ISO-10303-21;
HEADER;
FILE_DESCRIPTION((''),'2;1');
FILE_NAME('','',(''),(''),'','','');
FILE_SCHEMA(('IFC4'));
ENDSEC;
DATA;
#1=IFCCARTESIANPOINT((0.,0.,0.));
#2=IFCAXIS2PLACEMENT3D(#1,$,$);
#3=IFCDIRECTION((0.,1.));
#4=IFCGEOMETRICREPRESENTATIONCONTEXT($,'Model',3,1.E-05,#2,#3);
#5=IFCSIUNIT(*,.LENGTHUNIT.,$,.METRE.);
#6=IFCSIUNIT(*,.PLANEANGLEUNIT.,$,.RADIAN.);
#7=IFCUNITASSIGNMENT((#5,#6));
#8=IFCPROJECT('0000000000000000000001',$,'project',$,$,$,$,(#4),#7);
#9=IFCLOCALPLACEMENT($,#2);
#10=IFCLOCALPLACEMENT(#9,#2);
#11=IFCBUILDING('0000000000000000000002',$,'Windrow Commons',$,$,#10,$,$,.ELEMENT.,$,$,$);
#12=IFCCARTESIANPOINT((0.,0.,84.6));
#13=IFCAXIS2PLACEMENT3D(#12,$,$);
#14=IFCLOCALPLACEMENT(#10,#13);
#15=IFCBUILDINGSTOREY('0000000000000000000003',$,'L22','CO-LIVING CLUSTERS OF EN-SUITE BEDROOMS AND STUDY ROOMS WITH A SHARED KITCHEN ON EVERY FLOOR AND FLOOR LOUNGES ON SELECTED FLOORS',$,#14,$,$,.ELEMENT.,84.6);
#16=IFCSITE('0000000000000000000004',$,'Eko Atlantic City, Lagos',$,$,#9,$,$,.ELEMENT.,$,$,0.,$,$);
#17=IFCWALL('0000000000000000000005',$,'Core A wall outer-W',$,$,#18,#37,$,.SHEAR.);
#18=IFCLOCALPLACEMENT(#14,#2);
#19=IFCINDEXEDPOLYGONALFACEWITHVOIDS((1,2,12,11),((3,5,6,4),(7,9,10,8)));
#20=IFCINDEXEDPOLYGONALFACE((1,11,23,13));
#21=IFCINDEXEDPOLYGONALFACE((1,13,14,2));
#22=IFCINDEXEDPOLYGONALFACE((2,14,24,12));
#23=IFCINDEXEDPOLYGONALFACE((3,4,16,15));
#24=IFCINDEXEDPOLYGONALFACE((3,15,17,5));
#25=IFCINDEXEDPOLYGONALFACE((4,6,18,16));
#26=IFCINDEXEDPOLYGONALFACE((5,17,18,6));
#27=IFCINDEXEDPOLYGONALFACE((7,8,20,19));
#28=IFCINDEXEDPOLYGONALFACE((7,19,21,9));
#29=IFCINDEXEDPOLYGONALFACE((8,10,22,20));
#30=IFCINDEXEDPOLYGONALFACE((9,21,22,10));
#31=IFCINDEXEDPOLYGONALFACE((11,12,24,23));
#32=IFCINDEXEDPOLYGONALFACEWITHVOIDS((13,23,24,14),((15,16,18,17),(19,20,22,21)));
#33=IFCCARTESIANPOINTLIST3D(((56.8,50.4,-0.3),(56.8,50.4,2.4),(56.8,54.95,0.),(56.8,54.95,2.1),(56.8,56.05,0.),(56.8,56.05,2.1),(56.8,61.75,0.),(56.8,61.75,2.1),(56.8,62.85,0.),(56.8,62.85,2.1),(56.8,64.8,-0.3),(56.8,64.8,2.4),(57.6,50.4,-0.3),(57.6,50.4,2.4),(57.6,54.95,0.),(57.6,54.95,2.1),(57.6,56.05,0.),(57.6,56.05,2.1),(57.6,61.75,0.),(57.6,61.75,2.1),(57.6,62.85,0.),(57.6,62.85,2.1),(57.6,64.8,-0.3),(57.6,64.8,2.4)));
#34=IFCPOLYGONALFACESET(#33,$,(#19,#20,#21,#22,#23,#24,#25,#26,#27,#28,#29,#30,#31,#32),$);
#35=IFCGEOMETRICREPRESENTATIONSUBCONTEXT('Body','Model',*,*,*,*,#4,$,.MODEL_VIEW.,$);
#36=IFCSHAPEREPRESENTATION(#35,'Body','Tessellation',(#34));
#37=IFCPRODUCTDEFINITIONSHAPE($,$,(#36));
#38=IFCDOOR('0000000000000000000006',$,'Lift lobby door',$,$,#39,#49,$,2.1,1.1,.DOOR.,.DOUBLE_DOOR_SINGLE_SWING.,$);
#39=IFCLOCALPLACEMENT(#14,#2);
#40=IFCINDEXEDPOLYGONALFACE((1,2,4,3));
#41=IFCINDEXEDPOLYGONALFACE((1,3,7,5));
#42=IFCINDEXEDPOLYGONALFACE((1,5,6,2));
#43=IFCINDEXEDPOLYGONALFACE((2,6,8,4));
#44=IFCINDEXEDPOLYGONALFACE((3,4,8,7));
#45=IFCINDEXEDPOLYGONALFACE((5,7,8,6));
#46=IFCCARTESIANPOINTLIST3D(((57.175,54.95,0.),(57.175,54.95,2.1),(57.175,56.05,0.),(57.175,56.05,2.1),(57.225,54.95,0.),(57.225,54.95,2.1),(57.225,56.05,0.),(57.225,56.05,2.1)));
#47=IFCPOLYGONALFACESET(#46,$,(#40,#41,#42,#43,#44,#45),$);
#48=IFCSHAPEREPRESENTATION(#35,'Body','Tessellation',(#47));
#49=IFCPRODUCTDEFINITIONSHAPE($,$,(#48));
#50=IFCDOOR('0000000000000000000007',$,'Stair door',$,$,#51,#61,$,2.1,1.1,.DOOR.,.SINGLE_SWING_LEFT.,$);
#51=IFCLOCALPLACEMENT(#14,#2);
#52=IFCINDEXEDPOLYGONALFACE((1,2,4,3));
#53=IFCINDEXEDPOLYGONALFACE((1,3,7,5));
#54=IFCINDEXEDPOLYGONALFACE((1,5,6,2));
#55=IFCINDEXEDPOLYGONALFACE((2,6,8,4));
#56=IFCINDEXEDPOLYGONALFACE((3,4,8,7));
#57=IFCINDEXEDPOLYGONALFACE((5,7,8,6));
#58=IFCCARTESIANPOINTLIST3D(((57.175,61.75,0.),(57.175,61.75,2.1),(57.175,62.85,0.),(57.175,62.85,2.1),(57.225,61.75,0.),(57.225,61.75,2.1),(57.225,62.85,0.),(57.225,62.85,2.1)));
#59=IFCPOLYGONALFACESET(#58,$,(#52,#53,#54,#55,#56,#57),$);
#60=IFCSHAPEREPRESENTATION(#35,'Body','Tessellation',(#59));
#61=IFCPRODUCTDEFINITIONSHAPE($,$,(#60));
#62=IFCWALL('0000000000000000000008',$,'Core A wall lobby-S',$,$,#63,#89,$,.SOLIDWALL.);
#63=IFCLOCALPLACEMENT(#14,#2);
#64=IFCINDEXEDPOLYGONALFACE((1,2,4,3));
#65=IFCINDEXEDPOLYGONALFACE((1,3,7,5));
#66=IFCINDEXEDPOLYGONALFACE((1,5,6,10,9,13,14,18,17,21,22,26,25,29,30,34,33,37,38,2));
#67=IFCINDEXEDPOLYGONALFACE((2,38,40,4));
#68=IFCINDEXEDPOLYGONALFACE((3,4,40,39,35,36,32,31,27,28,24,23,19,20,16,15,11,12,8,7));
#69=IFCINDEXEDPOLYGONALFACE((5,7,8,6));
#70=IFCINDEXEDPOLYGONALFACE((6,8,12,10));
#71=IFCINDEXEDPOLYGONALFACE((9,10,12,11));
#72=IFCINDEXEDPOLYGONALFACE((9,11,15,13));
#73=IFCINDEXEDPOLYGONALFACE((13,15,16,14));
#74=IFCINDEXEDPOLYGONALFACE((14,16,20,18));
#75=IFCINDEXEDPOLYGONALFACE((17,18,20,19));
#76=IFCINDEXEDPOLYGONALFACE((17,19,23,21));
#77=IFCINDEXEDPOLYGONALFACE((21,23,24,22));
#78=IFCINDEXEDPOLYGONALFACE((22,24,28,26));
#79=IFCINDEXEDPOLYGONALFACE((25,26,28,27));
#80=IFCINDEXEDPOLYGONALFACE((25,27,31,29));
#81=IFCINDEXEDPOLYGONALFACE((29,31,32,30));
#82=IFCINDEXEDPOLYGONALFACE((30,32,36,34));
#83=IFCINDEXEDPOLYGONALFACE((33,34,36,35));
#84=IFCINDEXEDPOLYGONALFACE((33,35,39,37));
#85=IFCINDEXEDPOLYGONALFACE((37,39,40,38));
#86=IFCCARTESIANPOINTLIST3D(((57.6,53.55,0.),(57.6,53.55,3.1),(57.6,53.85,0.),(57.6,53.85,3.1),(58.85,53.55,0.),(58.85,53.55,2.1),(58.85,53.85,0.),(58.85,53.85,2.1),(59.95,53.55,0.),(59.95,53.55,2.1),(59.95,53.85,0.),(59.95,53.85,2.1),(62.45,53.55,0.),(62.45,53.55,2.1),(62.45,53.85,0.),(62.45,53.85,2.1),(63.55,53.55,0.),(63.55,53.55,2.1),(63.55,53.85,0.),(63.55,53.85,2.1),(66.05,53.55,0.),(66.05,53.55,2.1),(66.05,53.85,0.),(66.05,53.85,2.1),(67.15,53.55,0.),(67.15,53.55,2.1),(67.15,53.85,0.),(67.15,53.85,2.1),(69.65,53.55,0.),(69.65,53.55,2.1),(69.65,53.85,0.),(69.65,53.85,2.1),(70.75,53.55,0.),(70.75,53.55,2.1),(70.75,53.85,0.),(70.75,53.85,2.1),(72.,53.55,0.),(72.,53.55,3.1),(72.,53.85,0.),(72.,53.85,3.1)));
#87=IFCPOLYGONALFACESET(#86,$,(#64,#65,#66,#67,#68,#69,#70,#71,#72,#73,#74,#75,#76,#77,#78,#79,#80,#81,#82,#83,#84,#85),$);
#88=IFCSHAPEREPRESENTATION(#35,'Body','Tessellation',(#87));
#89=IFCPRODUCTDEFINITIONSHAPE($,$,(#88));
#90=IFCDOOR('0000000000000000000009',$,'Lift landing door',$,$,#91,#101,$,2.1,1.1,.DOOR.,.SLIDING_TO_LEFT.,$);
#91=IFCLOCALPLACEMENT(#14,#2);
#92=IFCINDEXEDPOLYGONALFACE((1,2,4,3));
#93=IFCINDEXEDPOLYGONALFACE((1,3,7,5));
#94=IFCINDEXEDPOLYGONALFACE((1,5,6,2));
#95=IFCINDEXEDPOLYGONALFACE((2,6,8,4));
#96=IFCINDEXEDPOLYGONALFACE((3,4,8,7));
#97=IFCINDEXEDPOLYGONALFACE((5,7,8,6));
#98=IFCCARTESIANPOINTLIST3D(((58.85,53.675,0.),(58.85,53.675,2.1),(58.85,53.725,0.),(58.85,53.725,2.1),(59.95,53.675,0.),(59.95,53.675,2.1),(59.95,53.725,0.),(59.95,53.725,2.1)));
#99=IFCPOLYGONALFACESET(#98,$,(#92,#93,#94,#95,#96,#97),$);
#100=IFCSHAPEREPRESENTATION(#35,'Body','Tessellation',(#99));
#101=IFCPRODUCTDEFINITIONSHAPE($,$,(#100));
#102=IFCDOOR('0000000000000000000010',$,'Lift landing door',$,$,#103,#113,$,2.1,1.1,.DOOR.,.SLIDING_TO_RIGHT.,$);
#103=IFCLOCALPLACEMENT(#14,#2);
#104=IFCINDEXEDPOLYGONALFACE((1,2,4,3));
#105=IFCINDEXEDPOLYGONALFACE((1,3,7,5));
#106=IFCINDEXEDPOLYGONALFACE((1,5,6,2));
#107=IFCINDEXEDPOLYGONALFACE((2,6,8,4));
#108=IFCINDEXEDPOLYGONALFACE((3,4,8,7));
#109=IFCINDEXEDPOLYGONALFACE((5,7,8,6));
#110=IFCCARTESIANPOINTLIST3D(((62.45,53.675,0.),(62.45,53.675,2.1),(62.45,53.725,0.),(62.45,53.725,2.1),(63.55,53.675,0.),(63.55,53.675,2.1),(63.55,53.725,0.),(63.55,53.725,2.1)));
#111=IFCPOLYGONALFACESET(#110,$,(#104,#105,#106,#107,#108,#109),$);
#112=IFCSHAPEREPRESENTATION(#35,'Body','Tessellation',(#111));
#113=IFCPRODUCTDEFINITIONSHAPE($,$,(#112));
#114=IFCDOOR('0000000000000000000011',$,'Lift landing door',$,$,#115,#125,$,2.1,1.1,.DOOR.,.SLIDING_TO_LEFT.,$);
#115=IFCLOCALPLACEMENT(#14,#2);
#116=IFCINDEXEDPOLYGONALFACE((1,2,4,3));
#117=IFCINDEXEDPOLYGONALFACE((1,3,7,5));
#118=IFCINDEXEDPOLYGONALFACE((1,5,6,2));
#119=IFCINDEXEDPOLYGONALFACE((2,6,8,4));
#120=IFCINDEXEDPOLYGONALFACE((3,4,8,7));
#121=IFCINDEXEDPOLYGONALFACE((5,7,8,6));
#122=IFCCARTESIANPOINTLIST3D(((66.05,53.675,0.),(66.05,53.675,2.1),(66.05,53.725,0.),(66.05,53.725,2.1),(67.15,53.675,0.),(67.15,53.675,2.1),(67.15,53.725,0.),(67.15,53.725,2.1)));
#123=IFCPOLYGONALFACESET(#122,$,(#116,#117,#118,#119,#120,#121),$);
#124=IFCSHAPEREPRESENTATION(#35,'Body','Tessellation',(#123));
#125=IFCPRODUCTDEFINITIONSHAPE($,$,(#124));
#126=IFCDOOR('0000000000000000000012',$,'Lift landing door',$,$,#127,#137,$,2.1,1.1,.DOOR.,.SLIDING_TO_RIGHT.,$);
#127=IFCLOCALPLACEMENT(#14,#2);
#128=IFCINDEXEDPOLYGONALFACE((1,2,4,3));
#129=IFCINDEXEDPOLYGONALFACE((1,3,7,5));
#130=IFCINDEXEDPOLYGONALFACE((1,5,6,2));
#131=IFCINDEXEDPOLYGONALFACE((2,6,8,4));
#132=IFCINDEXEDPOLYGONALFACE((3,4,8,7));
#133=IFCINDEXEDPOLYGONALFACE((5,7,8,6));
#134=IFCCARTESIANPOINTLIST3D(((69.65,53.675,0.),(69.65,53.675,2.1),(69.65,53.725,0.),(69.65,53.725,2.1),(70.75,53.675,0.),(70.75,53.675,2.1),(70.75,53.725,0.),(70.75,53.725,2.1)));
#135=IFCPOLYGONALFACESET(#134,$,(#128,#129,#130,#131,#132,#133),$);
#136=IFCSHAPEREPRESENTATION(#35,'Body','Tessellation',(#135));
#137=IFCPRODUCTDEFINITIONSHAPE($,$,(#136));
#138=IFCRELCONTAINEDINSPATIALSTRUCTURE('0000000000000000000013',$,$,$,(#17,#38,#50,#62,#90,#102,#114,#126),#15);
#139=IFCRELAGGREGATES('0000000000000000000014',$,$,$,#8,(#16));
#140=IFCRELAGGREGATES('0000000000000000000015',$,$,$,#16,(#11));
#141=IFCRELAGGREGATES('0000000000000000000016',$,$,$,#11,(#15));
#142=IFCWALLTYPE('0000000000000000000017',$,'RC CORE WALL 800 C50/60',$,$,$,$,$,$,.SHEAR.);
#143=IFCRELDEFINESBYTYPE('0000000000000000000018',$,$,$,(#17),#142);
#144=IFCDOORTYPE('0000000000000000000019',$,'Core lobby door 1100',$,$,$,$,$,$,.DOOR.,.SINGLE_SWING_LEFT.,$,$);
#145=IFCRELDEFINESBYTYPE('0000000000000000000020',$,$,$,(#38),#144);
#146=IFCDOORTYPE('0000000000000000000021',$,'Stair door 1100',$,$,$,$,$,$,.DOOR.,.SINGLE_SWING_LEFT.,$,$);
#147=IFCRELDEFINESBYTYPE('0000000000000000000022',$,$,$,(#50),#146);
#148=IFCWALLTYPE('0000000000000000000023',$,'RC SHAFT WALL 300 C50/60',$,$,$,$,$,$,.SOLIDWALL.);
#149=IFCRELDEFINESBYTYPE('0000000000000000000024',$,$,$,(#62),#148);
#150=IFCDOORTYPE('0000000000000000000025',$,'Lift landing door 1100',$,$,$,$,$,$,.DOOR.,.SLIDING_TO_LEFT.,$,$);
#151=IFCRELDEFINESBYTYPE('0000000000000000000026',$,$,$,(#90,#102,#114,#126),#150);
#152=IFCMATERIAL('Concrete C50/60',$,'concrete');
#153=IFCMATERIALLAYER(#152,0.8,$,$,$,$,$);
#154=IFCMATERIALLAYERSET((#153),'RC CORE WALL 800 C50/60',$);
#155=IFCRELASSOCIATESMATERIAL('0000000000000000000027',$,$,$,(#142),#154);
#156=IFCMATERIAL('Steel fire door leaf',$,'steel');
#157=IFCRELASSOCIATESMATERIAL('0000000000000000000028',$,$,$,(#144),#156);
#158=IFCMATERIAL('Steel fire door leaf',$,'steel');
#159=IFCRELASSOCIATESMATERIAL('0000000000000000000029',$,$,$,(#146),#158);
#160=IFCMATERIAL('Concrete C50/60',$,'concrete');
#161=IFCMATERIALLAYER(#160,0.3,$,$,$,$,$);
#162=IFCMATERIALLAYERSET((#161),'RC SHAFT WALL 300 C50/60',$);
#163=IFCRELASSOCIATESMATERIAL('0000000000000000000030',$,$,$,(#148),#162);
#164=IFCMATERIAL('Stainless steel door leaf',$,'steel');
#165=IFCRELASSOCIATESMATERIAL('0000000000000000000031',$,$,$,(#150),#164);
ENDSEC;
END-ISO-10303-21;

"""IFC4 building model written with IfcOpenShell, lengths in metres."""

from ifc_helpers import new_model, si_unit, direction, frame, frame_2d, origin, place, context, subcontext, project, spatial, rectangle, extrude, material, layer, layer_set, type_object, element, fill, save


model = new_model("IFC4")

# Units and contexts
model_context = context("Model", 3, precision=1e-05, world=origin(), true_north=direction((0.0, 1.0)))
body_context = subcontext(model_context, "Body", "Model", "MODEL_VIEW")
ifc_project = project(units=[si_unit("LENGTHUNIT", "METRE"), si_unit("PLANEANGLEUNIT", "RADIAN")], contexts=[model_context])

# Site, building, storey
site_placement = place(None, origin())
site = spatial("IfcSite", under=ifc_project, at=site_placement, Name="Eko Atlantic City, Lagos", CompositionType="ELEMENT", RefElevation=0.0)
building_placement = place(site_placement, origin())
building = spatial("IfcBuilding", under=site, at=building_placement, Name="Windrow Commons", CompositionType="ELEMENT")
storey_placement = place(building_placement, frame((0.0, 0.0, 84.6)))
storey = spatial("IfcBuildingStorey", under=building, at=storey_placement, Name="L22", Description="CO-LIVING CLUSTERS OF EN-SUITE BEDROOMS AND STUDY ROOMS WITH A SHARED KITCHEN ON EVERY FLOOR AND FLOOR LOUNGES ON SELECTED FLOORS", CompositionType="ELEMENT", Elevation=84.6)

# Shared definitions
ifc_material_1 = material(Name="Concrete C50/60", Category="concrete")
ifc_layer_1 = layer(ifc_material_1, 0.8)
ifc_layer_set_1 = layer_set([ifc_layer_1], Name="RC CORE WALL 800 C50/60")
wall_type_1 = type_object("IfcWallType", Name="RC CORE WALL 800 C50/60", PredefinedType="SHEAR", material=ifc_layer_set_1)

# Walls, openings, doors
wall_1_placement = place(storey_placement, frame((57.2, 50.4, -0.3), z_axis=(0.0, 0.0, 1.0), x_axis=(0.0, 1.0, 0.0)))
wall_1 = element("IfcWall", 1, at=wall_1_placement, inside=storey, type_object=wall_type_1, Name="Core A wall outer-W", PredefinedType="SHEAR", context=body_context, shape_type="SweptSolid", body=[
    extrude(rectangle(XDim=14.4, YDim=0.8, at=frame_2d((7.2, 0.0))), origin(), (0.0, 0.0, 1.0), 2.7),
])
opening_1_placement = place(wall_1_placement, frame((4.55, 0.0, 0.3)))
opening_1 = element("IfcOpeningElement", 2, at=opening_1_placement, cuts=wall_1, PredefinedType="OPENING", context=body_context, shape_type="SweptSolid", body=[
    extrude(rectangle(XDim=1.1, YDim=2.1, at=frame_2d((0.55, 1.05))), frame((0.0, 0.41, 0.0), z_axis=(0.0, -1.0, 0.0), x_axis=(1.0, 0.0, 0.0)), (0.0, 0.0, 1.0), 0.82),
])
opening_2_placement = place(wall_1_placement, frame((11.35, 0.0, 0.3)))
opening_2 = element("IfcOpeningElement", 3, at=opening_2_placement, cuts=wall_1, PredefinedType="OPENING", context=body_context, shape_type="SweptSolid", body=[
    extrude(rectangle(XDim=1.1, YDim=2.1, at=frame_2d((0.55, 1.05))), frame((0.0, 0.41, 0.0), z_axis=(0.0, -1.0, 0.0), x_axis=(1.0, 0.0, 0.0)), (0.0, 0.0, 1.0), 0.82),
])
ifc_material_2 = material(Name="Steel fire door leaf", Category="steel")
door_type_1 = type_object("IfcDoorType", Name="Core lobby door 1100", OperationType="SINGLE_SWING_LEFT", PredefinedType="DOOR", material=ifc_material_2)
door_1_placement = place(opening_1_placement, origin())
door_1 = element("IfcDoor", 4, at=door_1_placement, inside=storey, type_object=door_type_1, Name="Lift lobby door", OperationType="DOUBLE_DOOR_SINGLE_SWING", OverallHeight=2.1, OverallWidth=1.1, PredefinedType="DOOR", context=body_context, shape_type="SweptSolid", body=[
    extrude(rectangle(XDim=1.1, YDim=2.1, at=frame_2d((0.55, 1.05))), frame((0.0, 0.025, 0.0), z_axis=(0.0, -1.0, 0.0), x_axis=(1.0, 0.0, 0.0)), (0.0, 0.0, 1.0), 0.05),
])
fill(opening_1, door_1)
ifc_material_3 = material(Name="Steel fire door leaf", Category="steel")
door_type_2 = type_object("IfcDoorType", Name="Stair door 1100", OperationType="SINGLE_SWING_LEFT", PredefinedType="DOOR", material=ifc_material_3)
door_2_placement = place(opening_2_placement, origin())
door_2 = element("IfcDoor", 5, at=door_2_placement, inside=storey, type_object=door_type_2, Name="Stair door", OperationType="SINGLE_SWING_LEFT", OverallHeight=2.1, OverallWidth=1.1, PredefinedType="DOOR", context=body_context, shape_type="SweptSolid", body=[
    extrude(rectangle(XDim=1.1, YDim=2.1, at=frame_2d((0.55, 1.05))), frame((0.0, 0.025, 0.0), z_axis=(0.0, -1.0, 0.0), x_axis=(1.0, 0.0, 0.0)), (0.0, 0.0, 1.0), 0.05),
])
fill(opening_2, door_2)
ifc_material_4 = material(Name="Concrete C50/60", Category="concrete")
ifc_layer_2 = layer(ifc_material_4, 0.3)
ifc_layer_set_2 = layer_set([ifc_layer_2], Name="RC SHAFT WALL 300 C50/60")
wall_type_2 = type_object("IfcWallType", Name="RC SHAFT WALL 300 C50/60", PredefinedType="SOLIDWALL", material=ifc_layer_set_2)
wall_2_placement = place(storey_placement, frame((57.6, 53.7, 0.0), z_axis=(0.0, 0.0, 1.0), x_axis=(1.0, 0.0, 0.0)))
wall_2 = element("IfcWall", 6, at=wall_2_placement, inside=storey, type_object=wall_type_2, Name="Core A wall lobby-S", PredefinedType="SOLIDWALL", context=body_context, shape_type="SweptSolid", body=[
    extrude(rectangle(XDim=14.4, YDim=0.3, at=frame_2d((7.2, 0.0))), origin(), (0.0, 0.0, 1.0), 3.1),
])
opening_3_placement = place(wall_2_placement, frame((1.25, 0.0, 0.0)))
opening_3 = element("IfcOpeningElement", 7, at=opening_3_placement, cuts=wall_2, PredefinedType="OPENING", context=body_context, shape_type="SweptSolid", body=[
    extrude(rectangle(XDim=1.1, YDim=2.1, at=frame_2d((0.55, 1.05))), frame((0.0, 0.16, 0.0), z_axis=(0.0, -1.0, 0.0), x_axis=(1.0, 0.0, 0.0)), (0.0, 0.0, 1.0), 0.32),
])
opening_4_placement = place(wall_2_placement, frame((4.85, 0.0, 0.0)))
opening_4 = element("IfcOpeningElement", 8, at=opening_4_placement, cuts=wall_2, PredefinedType="OPENING", context=body_context, shape_type="SweptSolid", body=[
    extrude(rectangle(XDim=1.1, YDim=2.1, at=frame_2d((0.55, 1.05))), frame((0.0, 0.16, 0.0), z_axis=(0.0, -1.0, 0.0), x_axis=(1.0, 0.0, 0.0)), (0.0, 0.0, 1.0), 0.32),
])
opening_5_placement = place(wall_2_placement, frame((8.45, 0.0, 0.0)))
opening_5 = element("IfcOpeningElement", 9, at=opening_5_placement, cuts=wall_2, PredefinedType="OPENING", context=body_context, shape_type="SweptSolid", body=[
    extrude(rectangle(XDim=1.1, YDim=2.1, at=frame_2d((0.55, 1.05))), frame((0.0, 0.16, 0.0), z_axis=(0.0, -1.0, 0.0), x_axis=(1.0, 0.0, 0.0)), (0.0, 0.0, 1.0), 0.32),
])
opening_6_placement = place(wall_2_placement, frame((12.05, 0.0, 0.0)))
opening_6 = element("IfcOpeningElement", 10, at=opening_6_placement, cuts=wall_2, PredefinedType="OPENING", context=body_context, shape_type="SweptSolid", body=[
    extrude(rectangle(XDim=1.1, YDim=2.1, at=frame_2d((0.55, 1.05))), frame((0.0, 0.16, 0.0), z_axis=(0.0, -1.0, 0.0), x_axis=(1.0, 0.0, 0.0)), (0.0, 0.0, 1.0), 0.32),
])
ifc_material_5 = material(Name="Stainless steel door leaf", Category="steel")
door_type_3 = type_object("IfcDoorType", Name="Lift landing door 1100", OperationType="SLIDING_TO_LEFT", PredefinedType="DOOR", material=ifc_material_5)
door_3_placement = place(opening_3_placement, origin())
door_3 = element("IfcDoor", 11, at=door_3_placement, inside=storey, type_object=door_type_3, Name="Lift landing door", OperationType="SLIDING_TO_LEFT", OverallHeight=2.1, OverallWidth=1.1, PredefinedType="DOOR", context=body_context, shape_type="SweptSolid", body=[
    extrude(rectangle(XDim=1.1, YDim=2.1, at=frame_2d((0.55, 1.05))), frame((0.0, 0.025, 0.0), z_axis=(0.0, -1.0, 0.0), x_axis=(1.0, 0.0, 0.0)), (0.0, 0.0, 1.0), 0.05),
])
fill(opening_3, door_3)
door_4_placement = place(opening_4_placement, origin())
door_4 = element("IfcDoor", 12, at=door_4_placement, inside=storey, type_object=door_type_3, Name="Lift landing door", OperationType="SLIDING_TO_RIGHT", OverallHeight=2.1, OverallWidth=1.1, PredefinedType="DOOR", context=body_context, shape_type="SweptSolid", body=[
    extrude(rectangle(XDim=1.1, YDim=2.1, at=frame_2d((0.55, 1.05))), frame((0.0, 0.025, 0.0), z_axis=(0.0, -1.0, 0.0), x_axis=(1.0, 0.0, 0.0)), (0.0, 0.0, 1.0), 0.05),
])
fill(opening_4, door_4)
door_5_placement = place(opening_5_placement, origin())
door_5 = element("IfcDoor", 13, at=door_5_placement, inside=storey, type_object=door_type_3, Name="Lift landing door", OperationType="SLIDING_TO_LEFT", OverallHeight=2.1, OverallWidth=1.1, PredefinedType="DOOR", context=body_context, shape_type="SweptSolid", body=[
    extrude(rectangle(XDim=1.1, YDim=2.1, at=frame_2d((0.55, 1.05))), frame((0.0, 0.025, 0.0), z_axis=(0.0, -1.0, 0.0), x_axis=(1.0, 0.0, 0.0)), (0.0, 0.0, 1.0), 0.05),
])
fill(opening_5, door_5)
door_6_placement = place(opening_6_placement, origin())
door_6 = element("IfcDoor", 14, at=door_6_placement, inside=storey, type_object=door_type_3, Name="Lift landing door", OperationType="SLIDING_TO_RIGHT", OverallHeight=2.1, OverallWidth=1.1, PredefinedType="DOOR", context=body_context, shape_type="SweptSolid", body=[
    extrude(rectangle(XDim=1.1, YDim=2.1, at=frame_2d((0.55, 1.05))), frame((0.0, 0.025, 0.0), z_axis=(0.0, -1.0, 0.0), x_axis=(1.0, 0.0, 0.0)), (0.0, 0.0, 1.0), 0.05),
])
fill(opening_6, door_6)

save(model, "model.ifc")
